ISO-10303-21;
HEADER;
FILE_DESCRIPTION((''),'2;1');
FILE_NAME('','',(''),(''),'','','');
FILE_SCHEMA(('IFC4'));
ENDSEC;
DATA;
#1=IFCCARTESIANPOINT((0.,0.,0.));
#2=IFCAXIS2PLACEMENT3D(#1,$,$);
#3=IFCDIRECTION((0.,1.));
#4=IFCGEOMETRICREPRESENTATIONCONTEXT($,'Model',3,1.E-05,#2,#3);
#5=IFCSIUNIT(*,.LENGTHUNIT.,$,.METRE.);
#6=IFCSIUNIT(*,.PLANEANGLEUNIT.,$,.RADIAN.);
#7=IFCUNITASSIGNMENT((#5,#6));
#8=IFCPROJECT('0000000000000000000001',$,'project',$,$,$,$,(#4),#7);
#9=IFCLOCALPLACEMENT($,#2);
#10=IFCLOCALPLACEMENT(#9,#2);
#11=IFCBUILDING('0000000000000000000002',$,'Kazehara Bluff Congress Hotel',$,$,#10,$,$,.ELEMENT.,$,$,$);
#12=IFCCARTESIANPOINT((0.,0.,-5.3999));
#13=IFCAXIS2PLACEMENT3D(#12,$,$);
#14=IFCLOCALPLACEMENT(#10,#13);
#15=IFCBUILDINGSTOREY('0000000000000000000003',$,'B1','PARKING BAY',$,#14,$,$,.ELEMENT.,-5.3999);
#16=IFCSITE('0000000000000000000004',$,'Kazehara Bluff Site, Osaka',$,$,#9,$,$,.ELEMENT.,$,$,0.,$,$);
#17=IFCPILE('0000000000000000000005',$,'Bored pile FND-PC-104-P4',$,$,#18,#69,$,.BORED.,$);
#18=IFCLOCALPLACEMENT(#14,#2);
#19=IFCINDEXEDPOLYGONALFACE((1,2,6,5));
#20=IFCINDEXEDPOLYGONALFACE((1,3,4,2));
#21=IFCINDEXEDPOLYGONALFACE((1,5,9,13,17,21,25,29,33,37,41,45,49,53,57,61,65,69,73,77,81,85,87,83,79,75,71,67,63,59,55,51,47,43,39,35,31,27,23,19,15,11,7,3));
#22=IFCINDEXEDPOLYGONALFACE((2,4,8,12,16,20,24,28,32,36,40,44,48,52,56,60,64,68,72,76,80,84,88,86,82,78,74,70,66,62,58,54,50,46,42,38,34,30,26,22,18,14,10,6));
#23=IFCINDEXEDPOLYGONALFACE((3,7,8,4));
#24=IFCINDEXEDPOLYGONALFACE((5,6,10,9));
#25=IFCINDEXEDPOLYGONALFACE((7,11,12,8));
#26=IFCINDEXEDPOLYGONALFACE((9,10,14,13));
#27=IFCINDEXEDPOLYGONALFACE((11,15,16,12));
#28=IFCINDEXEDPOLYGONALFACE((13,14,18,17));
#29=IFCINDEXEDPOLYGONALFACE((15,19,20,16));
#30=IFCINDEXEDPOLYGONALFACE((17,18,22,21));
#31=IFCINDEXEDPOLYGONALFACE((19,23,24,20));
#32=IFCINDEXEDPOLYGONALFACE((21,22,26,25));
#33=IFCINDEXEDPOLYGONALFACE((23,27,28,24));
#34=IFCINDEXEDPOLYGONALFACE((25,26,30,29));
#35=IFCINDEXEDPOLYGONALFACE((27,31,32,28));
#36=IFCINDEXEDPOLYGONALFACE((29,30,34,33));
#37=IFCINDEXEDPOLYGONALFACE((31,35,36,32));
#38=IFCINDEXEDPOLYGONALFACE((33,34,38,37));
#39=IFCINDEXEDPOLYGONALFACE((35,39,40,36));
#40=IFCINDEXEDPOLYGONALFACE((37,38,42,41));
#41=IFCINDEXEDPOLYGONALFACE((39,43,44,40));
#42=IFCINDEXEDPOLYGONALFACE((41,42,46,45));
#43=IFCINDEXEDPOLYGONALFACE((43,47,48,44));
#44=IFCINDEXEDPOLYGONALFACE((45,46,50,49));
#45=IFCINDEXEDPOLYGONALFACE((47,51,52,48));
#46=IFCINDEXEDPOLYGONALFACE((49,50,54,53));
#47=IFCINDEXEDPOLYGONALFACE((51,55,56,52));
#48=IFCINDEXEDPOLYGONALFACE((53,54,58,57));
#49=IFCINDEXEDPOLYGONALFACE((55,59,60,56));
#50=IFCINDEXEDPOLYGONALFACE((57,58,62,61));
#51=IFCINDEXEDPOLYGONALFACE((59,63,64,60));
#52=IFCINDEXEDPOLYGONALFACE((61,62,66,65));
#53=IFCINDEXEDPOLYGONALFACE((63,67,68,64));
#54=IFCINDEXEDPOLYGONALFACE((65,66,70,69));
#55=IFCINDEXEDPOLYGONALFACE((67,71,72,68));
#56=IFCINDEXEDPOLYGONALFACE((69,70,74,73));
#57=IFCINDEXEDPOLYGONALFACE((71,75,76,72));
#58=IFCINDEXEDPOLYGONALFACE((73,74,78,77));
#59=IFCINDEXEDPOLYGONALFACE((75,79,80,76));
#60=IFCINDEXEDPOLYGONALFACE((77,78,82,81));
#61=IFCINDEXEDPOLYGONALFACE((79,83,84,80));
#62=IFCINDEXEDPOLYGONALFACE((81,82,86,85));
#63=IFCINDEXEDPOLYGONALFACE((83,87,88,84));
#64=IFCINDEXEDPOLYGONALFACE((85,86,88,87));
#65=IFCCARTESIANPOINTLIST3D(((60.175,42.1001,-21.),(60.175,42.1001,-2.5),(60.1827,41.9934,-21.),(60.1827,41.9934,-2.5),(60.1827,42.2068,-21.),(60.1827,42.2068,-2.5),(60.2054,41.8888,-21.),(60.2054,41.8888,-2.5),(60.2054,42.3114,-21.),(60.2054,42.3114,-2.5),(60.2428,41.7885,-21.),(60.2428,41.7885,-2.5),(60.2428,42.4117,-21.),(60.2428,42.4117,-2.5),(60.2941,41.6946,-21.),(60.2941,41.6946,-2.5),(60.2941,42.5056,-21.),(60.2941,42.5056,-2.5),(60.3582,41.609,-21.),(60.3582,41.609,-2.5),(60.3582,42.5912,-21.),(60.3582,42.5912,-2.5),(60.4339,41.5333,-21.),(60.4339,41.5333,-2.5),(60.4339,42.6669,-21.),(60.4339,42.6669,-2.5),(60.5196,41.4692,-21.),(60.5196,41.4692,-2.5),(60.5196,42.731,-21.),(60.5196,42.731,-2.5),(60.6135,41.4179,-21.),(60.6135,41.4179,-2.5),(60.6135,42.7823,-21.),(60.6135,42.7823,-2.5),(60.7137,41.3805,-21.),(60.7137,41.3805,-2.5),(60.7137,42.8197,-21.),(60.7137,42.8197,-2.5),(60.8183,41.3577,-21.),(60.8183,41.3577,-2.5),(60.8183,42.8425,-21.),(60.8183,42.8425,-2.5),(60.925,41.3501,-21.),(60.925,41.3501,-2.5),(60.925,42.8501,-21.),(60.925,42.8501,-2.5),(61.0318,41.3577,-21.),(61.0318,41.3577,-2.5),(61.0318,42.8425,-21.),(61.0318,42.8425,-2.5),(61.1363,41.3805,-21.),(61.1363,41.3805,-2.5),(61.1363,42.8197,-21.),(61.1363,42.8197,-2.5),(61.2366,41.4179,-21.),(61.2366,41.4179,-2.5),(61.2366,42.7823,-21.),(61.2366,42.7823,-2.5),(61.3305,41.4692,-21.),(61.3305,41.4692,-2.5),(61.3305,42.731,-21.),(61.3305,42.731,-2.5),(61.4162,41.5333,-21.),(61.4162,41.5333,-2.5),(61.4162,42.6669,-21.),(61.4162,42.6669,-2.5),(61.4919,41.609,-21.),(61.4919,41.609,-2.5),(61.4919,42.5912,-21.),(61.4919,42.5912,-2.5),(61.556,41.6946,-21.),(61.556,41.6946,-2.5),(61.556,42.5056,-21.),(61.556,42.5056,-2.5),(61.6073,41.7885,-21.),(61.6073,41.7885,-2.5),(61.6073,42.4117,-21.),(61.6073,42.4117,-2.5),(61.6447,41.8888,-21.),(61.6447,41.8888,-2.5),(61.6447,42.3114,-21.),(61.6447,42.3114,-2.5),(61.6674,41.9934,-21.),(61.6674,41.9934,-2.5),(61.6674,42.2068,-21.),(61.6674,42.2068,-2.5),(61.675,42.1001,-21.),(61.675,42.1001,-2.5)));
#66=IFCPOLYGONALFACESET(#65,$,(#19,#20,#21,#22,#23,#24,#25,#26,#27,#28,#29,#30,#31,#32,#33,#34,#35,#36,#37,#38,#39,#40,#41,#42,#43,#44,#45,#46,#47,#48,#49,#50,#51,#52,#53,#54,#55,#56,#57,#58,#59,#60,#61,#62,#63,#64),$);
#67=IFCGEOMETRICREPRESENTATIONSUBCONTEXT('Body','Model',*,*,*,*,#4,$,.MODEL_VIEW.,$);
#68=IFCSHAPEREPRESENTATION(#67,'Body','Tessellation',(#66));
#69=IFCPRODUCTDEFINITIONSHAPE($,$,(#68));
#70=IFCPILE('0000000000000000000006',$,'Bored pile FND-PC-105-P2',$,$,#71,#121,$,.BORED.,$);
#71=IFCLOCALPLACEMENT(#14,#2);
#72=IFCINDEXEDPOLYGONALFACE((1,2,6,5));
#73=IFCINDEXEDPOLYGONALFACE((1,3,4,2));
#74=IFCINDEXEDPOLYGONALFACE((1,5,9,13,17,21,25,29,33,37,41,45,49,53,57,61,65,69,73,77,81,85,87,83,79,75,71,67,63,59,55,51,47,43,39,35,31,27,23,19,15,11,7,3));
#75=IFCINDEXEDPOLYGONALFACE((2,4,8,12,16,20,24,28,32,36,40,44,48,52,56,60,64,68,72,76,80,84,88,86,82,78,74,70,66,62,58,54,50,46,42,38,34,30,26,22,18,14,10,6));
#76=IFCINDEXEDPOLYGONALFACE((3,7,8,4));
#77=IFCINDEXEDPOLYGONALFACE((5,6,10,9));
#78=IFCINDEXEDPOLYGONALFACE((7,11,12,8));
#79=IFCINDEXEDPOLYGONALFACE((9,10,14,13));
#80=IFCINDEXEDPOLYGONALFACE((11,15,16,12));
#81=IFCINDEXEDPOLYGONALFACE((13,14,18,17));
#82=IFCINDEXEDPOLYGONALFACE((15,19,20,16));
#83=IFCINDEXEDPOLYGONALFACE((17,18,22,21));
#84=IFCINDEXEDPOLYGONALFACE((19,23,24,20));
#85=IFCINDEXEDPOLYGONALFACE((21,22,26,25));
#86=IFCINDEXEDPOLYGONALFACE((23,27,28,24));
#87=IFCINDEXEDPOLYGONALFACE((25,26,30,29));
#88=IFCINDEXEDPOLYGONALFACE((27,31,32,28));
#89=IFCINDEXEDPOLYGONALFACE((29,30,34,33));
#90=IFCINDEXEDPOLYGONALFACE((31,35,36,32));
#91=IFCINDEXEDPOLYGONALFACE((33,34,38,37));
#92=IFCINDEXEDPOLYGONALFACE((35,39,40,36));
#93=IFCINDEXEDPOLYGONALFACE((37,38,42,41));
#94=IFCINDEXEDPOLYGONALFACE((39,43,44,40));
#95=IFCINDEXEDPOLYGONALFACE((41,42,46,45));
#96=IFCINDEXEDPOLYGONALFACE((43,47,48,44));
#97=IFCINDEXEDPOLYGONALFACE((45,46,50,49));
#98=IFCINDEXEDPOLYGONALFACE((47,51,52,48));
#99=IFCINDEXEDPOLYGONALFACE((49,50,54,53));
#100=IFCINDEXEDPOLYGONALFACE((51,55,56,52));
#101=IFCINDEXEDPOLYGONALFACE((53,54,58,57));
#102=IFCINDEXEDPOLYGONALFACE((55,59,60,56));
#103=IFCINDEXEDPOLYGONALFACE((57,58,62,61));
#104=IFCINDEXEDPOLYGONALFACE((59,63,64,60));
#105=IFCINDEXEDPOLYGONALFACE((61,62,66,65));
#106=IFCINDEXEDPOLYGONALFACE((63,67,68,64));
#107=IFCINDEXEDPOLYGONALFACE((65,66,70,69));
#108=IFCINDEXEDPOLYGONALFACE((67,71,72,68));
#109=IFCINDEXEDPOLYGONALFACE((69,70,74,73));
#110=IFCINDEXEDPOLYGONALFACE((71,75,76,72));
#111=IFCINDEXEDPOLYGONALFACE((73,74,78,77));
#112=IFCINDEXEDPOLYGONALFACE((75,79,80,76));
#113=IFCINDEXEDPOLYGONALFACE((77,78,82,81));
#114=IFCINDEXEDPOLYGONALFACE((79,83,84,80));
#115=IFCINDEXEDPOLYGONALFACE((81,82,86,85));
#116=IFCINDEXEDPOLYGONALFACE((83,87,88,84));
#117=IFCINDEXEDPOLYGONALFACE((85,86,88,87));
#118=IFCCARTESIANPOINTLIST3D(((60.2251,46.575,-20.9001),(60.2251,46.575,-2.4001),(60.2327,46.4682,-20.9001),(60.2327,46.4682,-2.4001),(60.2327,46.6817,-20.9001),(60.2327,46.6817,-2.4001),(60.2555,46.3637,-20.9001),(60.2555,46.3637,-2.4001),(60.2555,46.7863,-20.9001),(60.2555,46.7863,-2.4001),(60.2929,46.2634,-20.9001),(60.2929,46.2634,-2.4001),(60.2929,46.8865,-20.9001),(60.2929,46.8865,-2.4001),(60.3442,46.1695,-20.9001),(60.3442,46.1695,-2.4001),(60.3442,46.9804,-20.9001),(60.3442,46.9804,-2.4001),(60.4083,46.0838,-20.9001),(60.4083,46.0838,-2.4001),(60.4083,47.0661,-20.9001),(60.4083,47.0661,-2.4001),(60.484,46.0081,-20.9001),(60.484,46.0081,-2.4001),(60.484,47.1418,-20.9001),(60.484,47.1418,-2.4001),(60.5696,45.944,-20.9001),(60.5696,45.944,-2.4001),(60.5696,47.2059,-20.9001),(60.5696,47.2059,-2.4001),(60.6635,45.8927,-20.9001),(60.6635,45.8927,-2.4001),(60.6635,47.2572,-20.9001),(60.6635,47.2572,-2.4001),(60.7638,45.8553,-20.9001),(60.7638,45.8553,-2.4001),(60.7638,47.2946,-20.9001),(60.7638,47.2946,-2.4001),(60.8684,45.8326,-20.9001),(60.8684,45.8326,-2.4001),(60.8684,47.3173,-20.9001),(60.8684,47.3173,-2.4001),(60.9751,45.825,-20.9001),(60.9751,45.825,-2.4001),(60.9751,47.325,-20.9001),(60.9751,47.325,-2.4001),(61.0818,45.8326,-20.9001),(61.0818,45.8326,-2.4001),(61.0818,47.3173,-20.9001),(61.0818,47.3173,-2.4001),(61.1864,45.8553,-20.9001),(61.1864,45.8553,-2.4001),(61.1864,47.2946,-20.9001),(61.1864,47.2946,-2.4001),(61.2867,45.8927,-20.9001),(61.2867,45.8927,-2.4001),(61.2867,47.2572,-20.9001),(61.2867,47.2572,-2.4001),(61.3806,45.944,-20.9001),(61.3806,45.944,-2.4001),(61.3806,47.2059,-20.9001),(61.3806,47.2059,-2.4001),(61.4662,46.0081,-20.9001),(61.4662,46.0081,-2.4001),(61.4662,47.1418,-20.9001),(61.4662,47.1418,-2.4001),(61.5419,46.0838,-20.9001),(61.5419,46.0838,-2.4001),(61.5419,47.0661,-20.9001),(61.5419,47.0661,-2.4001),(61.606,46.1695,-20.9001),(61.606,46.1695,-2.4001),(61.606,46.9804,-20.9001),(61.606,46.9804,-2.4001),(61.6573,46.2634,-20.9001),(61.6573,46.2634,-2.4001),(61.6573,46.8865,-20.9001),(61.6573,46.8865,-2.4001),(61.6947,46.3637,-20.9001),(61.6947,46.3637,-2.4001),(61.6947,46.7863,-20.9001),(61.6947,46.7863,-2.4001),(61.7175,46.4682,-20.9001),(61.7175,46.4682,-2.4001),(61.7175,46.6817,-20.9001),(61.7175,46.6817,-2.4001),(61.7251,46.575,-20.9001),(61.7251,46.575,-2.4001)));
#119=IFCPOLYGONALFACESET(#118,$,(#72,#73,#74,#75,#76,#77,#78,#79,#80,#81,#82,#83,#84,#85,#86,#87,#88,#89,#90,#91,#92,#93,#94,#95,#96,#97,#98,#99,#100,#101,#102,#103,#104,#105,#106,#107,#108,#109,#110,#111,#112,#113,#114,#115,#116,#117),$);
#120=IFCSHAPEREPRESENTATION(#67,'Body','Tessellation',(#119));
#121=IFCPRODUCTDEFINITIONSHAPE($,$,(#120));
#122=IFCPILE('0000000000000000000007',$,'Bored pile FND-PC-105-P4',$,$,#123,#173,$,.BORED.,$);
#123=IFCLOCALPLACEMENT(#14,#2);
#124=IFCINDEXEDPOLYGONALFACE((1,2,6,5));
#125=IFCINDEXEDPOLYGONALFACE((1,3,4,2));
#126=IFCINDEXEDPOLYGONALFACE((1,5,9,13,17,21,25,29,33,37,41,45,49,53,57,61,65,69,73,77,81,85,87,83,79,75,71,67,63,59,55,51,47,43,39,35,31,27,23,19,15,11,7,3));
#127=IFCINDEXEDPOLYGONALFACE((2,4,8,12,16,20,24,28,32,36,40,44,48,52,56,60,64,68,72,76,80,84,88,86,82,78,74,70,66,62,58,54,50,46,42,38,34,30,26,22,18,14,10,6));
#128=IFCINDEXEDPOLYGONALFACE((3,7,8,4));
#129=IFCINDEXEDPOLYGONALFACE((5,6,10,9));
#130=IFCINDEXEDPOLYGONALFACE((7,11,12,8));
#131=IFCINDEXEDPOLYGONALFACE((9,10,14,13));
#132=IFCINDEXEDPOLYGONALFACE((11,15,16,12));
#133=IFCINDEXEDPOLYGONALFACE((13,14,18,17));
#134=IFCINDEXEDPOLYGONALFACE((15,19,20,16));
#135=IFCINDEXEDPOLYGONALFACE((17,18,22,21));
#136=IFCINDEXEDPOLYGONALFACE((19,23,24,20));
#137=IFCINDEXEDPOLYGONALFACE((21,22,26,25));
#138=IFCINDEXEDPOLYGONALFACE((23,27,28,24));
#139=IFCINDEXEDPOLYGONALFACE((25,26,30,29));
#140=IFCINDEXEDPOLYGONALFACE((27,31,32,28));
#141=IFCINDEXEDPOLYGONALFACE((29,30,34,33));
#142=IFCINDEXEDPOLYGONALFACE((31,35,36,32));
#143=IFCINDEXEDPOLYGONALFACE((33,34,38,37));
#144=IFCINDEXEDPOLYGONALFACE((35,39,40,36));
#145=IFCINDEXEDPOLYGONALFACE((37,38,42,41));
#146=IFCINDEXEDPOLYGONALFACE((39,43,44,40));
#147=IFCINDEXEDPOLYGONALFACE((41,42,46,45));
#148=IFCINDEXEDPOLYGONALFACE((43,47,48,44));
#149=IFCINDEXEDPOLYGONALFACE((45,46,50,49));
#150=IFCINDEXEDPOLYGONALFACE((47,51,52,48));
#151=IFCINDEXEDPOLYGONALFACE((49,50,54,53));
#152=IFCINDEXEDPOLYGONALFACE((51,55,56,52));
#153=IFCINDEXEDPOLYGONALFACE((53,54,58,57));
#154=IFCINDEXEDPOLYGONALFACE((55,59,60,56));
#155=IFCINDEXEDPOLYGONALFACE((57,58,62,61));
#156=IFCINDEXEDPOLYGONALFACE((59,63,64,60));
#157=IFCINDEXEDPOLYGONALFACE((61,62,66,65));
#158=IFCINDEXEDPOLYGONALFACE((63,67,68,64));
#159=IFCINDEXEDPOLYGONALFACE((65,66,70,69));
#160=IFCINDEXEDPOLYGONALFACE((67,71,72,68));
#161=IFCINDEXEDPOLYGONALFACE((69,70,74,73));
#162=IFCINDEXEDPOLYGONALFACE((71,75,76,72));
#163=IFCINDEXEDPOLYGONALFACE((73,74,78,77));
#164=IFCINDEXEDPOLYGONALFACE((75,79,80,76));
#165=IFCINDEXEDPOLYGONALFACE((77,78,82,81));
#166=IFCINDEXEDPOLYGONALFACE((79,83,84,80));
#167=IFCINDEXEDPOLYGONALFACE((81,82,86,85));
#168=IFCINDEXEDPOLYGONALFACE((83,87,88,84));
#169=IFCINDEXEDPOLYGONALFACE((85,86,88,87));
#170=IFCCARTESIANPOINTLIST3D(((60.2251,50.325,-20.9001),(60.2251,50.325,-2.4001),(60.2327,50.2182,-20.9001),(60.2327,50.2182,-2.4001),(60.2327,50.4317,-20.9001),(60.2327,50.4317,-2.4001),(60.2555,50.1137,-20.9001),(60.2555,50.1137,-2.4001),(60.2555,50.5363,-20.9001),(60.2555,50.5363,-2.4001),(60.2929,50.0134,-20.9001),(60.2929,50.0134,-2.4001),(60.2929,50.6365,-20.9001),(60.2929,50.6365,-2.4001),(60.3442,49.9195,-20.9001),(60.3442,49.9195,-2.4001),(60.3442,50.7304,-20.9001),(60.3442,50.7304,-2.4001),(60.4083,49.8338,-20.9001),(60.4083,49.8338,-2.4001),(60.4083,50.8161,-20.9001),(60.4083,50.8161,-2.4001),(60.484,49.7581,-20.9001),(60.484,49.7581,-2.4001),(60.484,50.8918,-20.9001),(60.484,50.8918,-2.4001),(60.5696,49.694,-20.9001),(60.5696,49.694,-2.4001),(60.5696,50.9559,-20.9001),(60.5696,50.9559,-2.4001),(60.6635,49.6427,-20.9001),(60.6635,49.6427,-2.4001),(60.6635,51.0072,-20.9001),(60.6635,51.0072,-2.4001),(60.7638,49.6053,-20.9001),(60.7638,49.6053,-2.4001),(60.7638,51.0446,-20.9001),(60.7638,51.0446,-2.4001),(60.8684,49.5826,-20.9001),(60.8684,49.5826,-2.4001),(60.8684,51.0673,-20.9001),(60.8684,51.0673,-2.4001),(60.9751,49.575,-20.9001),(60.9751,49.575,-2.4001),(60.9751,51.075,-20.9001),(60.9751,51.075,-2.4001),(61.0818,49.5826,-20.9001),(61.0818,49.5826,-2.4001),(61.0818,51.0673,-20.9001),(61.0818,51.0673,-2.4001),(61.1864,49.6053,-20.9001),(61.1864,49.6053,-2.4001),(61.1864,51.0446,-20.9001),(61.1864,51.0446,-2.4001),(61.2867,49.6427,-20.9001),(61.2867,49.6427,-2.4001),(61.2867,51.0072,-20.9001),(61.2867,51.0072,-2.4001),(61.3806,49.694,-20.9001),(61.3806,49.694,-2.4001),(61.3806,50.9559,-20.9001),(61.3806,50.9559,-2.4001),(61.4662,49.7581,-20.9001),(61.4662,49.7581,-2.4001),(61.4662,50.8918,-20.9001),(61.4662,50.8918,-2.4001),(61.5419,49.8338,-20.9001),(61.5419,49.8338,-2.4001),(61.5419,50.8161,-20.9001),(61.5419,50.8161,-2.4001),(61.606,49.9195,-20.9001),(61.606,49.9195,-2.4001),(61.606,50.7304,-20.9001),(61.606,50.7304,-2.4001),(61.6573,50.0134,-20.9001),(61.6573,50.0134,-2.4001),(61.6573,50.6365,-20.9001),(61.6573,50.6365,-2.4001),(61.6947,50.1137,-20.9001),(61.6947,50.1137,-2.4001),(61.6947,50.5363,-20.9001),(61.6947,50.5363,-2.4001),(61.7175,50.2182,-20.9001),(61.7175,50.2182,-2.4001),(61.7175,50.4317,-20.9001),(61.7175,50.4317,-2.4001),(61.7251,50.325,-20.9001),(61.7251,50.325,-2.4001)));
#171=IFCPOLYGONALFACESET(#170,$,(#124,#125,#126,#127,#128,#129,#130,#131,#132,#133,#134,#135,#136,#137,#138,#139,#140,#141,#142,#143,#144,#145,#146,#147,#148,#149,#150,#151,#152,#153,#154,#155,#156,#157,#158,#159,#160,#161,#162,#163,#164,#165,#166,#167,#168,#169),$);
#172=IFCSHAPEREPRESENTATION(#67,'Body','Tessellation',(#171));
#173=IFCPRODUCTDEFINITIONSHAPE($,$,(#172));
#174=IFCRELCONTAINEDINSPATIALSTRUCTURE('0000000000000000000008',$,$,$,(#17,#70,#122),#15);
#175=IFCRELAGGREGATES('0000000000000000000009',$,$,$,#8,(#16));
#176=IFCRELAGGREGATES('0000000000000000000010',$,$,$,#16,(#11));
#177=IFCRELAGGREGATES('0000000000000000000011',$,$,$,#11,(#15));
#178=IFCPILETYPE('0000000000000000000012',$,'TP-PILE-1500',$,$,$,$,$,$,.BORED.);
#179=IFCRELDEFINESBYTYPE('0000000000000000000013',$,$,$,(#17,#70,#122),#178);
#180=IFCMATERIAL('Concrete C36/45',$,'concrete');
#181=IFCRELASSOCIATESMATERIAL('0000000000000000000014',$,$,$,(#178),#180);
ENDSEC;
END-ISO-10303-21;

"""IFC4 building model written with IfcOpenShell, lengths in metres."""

from ifc_helpers import new_model, si_unit, direction, frame, origin, origin_2d, place, context, subcontext, project, spatial, circle, extrude, material, material_profile, profile_set, type_object, element, save


model = new_model("IFC4")

# Units and contexts
model_context = context("Model", 3, precision=1e-05, world=origin(), true_north=direction((0.0, 1.0)))
body_context = subcontext(model_context, "Body", "Model", "MODEL_VIEW")
ifc_project = project(units=[si_unit("LENGTHUNIT", "METRE"), si_unit("PLANEANGLEUNIT", "RADIAN")], contexts=[model_context])

# Site, building, storey
site_placement = place(None, origin())
site = spatial("IfcSite", under=ifc_project, at=site_placement, Name="Kazehara Bluff Site, Osaka", CompositionType="ELEMENT", RefElevation=0.0)
building_placement = place(site_placement, origin())
building = spatial("IfcBuilding", under=site, at=building_placement, Name="Kazehara Bluff Congress Hotel", CompositionType="ELEMENT")
storey_placement = place(building_placement, frame((0.0, 0.0, -5.3999)))
storey = spatial("IfcBuildingStorey", under=building, at=storey_placement, Name="B1", Description="PARKING BAY", CompositionType="ELEMENT", Elevation=-5.3999)

# Piles
ifc_material_1 = material(Name="Concrete C36/45", Category="concrete")
ifc_material_profile_1 = material_profile(ifc_material_1, circle(Radius=0.75, at=origin_2d()))
ifc_profile_set_1 = profile_set([ifc_material_profile_1], Name="Concrete C36/45")
pile_type_1 = type_object("IfcPileType", Name="TP-PILE-1500", PredefinedType="BORED", material=ifc_profile_set_1)
for number, where, z_axis, x_axis, name in (
    (1, (60.925, 42.1001, -2.5), (0.0, 0.0, -1.0), (1.0, 0.0, 0.0), "Bored pile FND-PC-104-P4"),
    (2, (60.9751, 46.575, -2.4001), (0.0, 0.0, -1.0), (1.0, 0.0, 0.0), "Bored pile FND-PC-105-P2"),
    (3, (60.9751, 50.325, -2.4001), (0.0, 0.0, -1.0), (1.0, 0.0, 0.0), "Bored pile FND-PC-105-P4"),
):
    element("IfcPile", number, at=place(storey_placement, frame(where, z_axis=z_axis, x_axis=x_axis)), inside=storey, type_object=pile_type_1, Name=name, PredefinedType="BORED", context=body_context, shape_type="SweptSolid", body=[
        extrude(circle(Radius=0.75, at=origin_2d()), origin(), (0.0, 0.0, 1.0), 18.5),
    ])

save(model, "model.ifc")
